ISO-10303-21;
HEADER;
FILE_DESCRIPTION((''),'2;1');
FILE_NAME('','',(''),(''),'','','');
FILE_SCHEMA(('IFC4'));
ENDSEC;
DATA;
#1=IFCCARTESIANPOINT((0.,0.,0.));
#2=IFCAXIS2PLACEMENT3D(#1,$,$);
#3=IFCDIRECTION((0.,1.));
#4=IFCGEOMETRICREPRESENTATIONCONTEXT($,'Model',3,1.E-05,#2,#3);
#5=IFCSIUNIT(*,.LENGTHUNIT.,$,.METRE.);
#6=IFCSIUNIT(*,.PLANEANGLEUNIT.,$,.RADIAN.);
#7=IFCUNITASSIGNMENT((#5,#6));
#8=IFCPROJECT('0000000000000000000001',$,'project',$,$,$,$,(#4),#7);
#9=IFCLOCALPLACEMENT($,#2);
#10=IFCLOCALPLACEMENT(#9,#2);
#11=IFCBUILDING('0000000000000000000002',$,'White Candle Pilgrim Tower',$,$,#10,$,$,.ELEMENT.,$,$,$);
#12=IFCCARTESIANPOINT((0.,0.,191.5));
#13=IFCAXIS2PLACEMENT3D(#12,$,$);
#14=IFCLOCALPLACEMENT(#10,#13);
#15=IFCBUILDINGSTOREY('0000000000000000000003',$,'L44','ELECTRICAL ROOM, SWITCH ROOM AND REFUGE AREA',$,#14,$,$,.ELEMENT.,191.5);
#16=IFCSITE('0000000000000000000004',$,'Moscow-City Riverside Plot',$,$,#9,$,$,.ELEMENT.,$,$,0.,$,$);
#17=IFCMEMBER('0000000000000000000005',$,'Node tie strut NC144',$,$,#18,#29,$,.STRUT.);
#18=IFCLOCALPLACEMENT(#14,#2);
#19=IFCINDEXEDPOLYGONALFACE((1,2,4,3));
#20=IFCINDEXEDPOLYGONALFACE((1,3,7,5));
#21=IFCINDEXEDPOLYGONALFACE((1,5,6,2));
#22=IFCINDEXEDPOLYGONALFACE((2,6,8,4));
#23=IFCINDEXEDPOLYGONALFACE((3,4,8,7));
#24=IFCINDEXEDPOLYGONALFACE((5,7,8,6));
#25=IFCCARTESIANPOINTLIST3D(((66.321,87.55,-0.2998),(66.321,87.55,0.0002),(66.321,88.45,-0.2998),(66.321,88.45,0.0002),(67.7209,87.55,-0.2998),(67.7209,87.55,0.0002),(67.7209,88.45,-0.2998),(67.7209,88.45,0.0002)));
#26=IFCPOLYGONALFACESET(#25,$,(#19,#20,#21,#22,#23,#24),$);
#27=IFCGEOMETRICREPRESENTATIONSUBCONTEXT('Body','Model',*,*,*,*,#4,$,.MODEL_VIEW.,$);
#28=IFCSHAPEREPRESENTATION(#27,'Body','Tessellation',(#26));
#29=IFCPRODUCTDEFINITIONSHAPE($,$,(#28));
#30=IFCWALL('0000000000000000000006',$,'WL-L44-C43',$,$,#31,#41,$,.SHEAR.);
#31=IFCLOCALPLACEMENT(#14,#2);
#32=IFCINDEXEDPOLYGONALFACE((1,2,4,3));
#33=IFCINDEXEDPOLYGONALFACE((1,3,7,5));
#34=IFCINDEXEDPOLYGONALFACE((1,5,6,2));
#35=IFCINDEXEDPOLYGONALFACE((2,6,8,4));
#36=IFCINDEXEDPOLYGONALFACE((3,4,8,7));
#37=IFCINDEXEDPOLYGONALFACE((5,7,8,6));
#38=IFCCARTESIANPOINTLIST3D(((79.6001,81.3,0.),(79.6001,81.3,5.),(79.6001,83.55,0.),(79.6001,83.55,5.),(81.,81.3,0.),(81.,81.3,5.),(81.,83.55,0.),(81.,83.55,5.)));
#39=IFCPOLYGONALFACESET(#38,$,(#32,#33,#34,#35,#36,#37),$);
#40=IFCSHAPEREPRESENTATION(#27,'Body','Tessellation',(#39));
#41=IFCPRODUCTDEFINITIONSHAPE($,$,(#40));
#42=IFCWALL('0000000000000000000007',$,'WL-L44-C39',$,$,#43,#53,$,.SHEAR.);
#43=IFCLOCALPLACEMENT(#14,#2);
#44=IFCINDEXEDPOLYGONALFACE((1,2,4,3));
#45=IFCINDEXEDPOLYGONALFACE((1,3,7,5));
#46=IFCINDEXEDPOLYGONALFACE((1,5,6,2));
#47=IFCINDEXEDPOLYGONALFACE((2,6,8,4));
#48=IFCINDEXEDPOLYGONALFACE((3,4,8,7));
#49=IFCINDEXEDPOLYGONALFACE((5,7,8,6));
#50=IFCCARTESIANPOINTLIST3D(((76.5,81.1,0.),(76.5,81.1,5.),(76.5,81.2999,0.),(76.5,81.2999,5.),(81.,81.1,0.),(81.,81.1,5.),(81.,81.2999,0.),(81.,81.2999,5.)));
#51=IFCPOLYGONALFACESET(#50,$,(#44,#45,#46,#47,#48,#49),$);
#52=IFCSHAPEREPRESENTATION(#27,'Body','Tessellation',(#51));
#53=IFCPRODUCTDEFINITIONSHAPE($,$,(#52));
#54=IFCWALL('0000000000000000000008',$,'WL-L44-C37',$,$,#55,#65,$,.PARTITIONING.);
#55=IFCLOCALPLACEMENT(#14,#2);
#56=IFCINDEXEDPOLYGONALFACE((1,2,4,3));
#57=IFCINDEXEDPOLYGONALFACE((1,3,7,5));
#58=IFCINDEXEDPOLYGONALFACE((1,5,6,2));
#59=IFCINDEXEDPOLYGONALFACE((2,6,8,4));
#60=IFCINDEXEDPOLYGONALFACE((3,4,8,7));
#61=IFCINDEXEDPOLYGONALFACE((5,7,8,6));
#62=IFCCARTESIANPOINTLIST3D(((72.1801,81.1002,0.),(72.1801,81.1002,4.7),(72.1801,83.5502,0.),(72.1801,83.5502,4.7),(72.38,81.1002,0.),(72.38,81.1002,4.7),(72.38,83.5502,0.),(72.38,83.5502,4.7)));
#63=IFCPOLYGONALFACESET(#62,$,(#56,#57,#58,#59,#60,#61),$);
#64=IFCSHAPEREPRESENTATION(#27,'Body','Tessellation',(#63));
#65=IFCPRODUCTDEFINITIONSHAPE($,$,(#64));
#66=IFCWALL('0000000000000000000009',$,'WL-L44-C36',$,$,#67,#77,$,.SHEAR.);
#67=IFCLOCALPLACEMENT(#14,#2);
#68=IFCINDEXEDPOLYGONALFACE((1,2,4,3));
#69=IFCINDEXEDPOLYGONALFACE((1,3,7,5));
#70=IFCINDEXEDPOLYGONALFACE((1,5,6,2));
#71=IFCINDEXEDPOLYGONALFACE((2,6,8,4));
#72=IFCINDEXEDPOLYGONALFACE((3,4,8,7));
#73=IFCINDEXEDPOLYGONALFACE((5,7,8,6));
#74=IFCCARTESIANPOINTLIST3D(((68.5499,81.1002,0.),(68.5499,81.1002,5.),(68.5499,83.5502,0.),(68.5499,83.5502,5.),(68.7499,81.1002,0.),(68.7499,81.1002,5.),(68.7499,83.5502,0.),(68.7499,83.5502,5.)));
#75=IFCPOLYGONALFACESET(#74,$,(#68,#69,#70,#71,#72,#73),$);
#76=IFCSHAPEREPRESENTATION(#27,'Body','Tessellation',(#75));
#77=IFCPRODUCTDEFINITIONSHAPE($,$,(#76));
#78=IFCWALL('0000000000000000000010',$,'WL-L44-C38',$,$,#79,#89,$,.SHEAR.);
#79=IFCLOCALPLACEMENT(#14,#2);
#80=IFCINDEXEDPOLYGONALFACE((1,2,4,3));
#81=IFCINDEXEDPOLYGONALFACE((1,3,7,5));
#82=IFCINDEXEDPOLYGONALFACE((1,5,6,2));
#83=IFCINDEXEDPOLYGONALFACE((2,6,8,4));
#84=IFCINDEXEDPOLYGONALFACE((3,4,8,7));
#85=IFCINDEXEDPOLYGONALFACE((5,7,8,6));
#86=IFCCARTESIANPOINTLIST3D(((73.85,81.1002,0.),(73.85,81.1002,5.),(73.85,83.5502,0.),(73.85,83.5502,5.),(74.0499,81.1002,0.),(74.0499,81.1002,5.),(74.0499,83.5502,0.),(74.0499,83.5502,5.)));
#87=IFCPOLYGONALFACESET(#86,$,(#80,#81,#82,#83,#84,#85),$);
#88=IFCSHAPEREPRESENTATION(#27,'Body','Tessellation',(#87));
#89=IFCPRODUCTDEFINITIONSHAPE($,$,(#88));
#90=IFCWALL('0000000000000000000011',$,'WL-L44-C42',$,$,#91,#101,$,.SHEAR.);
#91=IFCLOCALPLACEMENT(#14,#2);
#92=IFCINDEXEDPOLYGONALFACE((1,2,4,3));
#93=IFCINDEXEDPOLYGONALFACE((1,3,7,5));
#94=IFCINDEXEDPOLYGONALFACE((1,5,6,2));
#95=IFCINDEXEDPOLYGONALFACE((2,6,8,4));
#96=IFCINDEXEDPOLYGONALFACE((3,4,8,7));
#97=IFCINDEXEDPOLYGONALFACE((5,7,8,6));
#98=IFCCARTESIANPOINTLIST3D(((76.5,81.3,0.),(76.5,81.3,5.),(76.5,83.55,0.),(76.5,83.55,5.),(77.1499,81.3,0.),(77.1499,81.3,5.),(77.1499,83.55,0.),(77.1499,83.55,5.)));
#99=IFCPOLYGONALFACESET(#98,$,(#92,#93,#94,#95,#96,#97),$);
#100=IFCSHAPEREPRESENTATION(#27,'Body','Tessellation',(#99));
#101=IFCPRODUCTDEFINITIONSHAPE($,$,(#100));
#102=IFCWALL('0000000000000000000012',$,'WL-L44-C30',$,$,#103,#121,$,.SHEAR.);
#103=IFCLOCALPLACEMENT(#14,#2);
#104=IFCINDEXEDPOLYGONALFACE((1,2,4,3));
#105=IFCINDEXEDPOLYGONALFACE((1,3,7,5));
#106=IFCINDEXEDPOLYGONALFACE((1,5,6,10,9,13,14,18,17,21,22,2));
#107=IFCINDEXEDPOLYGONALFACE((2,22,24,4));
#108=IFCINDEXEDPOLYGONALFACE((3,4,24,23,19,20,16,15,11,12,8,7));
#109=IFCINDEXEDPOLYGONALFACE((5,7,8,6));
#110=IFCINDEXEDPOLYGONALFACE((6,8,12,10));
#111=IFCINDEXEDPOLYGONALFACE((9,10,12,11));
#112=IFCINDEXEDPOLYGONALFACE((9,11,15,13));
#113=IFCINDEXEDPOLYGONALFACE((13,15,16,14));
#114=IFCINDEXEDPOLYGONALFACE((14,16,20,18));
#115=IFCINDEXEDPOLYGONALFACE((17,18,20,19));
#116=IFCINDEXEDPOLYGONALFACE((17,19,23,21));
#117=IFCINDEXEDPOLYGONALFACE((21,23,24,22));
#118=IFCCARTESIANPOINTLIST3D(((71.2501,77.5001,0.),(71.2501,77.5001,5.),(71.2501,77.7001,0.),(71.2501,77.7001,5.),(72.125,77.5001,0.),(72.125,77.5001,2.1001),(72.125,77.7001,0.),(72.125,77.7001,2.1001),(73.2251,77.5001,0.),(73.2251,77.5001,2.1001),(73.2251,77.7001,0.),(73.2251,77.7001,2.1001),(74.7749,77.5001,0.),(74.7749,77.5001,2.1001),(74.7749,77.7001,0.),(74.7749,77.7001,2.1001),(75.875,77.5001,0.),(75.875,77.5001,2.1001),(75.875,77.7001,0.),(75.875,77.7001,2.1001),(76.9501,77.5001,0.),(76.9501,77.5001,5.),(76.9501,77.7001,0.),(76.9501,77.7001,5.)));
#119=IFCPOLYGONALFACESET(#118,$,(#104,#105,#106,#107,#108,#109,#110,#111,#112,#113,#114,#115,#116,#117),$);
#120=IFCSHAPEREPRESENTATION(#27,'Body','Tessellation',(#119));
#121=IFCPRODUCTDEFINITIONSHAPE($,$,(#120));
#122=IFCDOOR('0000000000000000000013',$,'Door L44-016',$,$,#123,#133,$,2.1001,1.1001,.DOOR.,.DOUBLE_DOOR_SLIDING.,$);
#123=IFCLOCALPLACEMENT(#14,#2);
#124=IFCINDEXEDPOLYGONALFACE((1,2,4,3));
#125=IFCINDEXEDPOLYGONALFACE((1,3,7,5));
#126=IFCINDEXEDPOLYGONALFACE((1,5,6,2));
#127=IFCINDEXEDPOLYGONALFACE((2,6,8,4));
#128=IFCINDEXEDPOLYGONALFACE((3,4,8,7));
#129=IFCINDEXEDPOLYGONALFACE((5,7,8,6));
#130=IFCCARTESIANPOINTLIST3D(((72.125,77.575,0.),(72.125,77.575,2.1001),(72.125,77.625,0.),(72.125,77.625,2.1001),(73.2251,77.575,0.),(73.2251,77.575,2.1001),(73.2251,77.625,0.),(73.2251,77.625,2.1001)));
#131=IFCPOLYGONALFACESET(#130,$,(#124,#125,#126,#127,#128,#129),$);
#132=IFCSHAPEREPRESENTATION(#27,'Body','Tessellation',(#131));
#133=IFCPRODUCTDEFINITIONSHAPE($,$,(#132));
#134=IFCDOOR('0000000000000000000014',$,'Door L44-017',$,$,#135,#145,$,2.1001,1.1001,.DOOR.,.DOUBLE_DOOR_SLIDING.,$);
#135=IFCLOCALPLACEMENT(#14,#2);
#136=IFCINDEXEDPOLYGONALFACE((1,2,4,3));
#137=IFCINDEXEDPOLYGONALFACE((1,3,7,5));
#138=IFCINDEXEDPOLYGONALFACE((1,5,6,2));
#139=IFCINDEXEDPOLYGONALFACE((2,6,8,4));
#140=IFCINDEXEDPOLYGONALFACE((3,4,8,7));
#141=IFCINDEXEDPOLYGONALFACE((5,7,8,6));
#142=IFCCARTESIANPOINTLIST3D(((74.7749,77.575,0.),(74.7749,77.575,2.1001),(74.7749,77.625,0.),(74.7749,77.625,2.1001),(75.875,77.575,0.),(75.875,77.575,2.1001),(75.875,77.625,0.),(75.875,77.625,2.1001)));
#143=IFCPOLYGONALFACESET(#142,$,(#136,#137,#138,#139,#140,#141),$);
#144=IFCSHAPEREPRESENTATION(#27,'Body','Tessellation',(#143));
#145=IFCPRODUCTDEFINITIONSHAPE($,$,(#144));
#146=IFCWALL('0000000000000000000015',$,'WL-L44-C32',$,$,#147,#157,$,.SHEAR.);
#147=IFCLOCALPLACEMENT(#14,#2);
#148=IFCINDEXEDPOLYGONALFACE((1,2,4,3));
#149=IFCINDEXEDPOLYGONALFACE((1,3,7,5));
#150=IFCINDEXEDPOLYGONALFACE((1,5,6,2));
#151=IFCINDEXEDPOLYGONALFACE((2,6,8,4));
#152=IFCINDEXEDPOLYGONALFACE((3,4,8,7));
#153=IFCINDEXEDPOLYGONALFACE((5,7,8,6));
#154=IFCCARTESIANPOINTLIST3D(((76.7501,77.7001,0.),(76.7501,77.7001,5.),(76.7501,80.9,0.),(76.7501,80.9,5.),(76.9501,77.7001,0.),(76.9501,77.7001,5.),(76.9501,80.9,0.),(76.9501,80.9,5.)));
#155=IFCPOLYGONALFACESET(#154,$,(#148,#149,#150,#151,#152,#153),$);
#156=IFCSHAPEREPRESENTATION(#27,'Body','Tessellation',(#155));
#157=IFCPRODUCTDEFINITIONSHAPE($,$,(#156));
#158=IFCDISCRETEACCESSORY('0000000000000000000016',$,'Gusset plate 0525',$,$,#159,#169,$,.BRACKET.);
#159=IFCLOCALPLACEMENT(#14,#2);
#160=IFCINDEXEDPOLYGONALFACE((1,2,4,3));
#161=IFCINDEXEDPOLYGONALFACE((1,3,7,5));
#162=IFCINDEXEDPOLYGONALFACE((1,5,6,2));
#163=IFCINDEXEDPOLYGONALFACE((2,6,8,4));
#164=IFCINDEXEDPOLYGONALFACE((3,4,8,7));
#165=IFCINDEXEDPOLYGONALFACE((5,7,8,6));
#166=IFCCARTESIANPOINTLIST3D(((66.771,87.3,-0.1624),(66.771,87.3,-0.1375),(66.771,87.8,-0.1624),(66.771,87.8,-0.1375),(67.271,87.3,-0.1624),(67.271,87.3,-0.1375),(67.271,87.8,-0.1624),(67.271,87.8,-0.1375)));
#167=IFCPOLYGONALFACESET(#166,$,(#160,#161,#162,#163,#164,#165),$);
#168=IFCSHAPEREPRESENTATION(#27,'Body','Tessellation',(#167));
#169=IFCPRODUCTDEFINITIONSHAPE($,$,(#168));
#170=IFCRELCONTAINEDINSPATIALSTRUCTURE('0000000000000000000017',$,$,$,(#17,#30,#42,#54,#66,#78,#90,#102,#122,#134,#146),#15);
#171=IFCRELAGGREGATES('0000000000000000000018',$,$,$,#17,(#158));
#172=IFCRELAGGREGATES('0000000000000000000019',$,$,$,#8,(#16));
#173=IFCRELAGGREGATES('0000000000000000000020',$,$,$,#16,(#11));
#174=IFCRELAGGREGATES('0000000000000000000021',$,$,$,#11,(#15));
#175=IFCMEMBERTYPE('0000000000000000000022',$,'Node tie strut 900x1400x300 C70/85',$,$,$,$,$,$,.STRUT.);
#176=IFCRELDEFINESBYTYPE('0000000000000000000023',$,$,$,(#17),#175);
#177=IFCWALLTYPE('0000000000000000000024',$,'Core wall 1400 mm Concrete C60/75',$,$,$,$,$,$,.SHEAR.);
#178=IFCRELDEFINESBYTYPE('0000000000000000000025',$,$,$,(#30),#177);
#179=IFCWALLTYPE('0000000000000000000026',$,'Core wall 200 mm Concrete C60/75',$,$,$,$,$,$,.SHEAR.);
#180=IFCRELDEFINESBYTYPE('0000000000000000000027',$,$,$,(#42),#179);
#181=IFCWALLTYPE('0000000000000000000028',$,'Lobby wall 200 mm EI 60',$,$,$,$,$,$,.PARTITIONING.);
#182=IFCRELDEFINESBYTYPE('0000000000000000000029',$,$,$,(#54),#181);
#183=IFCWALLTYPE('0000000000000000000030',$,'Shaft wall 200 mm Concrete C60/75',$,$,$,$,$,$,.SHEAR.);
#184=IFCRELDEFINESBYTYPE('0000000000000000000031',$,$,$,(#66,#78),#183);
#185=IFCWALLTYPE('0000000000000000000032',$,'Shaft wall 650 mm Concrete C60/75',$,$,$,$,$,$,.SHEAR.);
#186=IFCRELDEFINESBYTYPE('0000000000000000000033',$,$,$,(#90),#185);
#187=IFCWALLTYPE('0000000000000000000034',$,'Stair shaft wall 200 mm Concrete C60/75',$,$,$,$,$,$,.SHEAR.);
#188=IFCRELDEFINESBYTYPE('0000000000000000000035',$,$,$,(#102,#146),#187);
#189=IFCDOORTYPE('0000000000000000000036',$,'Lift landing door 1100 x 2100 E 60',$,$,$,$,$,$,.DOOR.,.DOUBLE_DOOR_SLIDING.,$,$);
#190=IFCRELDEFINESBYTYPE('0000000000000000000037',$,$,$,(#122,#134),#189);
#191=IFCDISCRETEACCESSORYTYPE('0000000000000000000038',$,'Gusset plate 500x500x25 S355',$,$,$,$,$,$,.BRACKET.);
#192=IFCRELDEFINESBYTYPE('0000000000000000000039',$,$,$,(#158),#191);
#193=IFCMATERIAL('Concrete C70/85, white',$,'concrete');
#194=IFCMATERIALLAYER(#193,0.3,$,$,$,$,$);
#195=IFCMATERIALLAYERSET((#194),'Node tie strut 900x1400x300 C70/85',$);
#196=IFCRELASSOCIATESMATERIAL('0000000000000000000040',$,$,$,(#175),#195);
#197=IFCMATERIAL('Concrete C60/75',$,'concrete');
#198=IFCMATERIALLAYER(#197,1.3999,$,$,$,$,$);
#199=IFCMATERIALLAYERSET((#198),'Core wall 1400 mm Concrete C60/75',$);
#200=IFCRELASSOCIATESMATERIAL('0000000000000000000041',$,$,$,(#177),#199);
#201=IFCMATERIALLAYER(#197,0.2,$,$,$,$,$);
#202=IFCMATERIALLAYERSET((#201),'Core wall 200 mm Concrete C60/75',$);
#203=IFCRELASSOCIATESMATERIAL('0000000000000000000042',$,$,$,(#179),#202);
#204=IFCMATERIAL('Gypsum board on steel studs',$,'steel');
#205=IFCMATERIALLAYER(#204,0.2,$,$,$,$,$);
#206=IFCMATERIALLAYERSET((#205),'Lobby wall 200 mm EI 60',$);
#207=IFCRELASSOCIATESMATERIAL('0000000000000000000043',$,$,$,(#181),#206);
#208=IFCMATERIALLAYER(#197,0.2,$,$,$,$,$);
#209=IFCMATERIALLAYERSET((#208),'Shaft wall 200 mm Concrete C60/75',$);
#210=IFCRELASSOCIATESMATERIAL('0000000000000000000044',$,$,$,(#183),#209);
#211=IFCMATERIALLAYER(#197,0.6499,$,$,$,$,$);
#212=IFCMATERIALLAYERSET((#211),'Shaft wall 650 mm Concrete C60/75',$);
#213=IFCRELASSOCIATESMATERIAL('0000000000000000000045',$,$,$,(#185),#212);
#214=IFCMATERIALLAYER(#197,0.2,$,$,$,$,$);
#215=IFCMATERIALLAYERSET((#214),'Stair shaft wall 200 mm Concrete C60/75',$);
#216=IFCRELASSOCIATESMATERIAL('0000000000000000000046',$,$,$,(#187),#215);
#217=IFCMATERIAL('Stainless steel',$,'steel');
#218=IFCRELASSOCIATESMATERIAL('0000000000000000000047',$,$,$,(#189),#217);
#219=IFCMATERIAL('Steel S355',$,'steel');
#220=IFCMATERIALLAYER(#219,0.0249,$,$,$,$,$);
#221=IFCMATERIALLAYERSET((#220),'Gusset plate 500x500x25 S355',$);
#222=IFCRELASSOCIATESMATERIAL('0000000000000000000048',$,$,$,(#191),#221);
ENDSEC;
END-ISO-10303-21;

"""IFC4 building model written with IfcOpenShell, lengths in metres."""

from ifc_helpers import new_model, si_unit, direction, frame, frame_2d, origin, origin_2d, place, context, subcontext, project, spatial, rectangle, extrude, material, layer, layer_set, type_object, element, fill, aggregate, save


model = new_model("IFC4")

# Units and contexts
model_context = context("Model", 3, precision=1e-05, world=origin(), true_north=direction((0.0, 1.0)))
body_context = subcontext(model_context, "Body", "Model", "MODEL_VIEW")
ifc_project = project(units=[si_unit("LENGTHUNIT", "METRE"), si_unit("PLANEANGLEUNIT", "RADIAN")], contexts=[model_context])

# Site, building, storey
site_placement = place(None, origin())
site = spatial("IfcSite", under=ifc_project, at=site_placement, Name="Moscow-City Riverside Plot", CompositionType="ELEMENT", RefElevation=0.0)
building_placement = place(site_placement, origin())
building = spatial("IfcBuilding", under=site, at=building_placement, Name="White Candle Pilgrim Tower", CompositionType="ELEMENT")
storey_placement = place(building_placement, frame((0.0, 0.0, 191.5)))
storey = spatial("IfcBuildingStorey", under=building, at=storey_placement, Name="L44", Description="ELECTRICAL ROOM, SWITCH ROOM AND REFUGE AREA", CompositionType="ELEMENT", Elevation=191.5)

# Member
ifc_material_1 = material(Name="Concrete C70/85, white", Category="concrete")
ifc_layer_1 = layer(ifc_material_1, 0.3)
ifc_layer_set_1 = layer_set([ifc_layer_1], Name="Node tie strut 900x1400x300 C70/85")
member_type = type_object("IfcMemberType", Name="Node tie strut 900x1400x300 C70/85", PredefinedType="STRUT", material=ifc_layer_set_1)
member_placement = place(storey_placement, frame((67.021, 88.0, -0.2998), z_axis=(0.0, 0.0, 1.0), x_axis=(-1.0, 0.0, 0.0)))
member = element("IfcMember", 1, at=member_placement, inside=storey, type_object=member_type, Name="Node tie strut NC144", PredefinedType="STRUT", context=body_context, shape_type="SweptSolid", body=[
    extrude(rectangle(XDim=1.3999, YDim=0.8999, at=origin_2d()), origin(), (0.0, 0.0, 1.0), 0.3),
])

# Walls
ifc_material_2 = material(Name="Concrete C60/75", Category="concrete")
ifc_layer_2 = layer(ifc_material_2, 1.3999)
ifc_layer_set_2 = layer_set([ifc_layer_2], Name="Core wall 1400 mm Concrete C60/75")
wall_type_1 = type_object("IfcWallType", Name="Core wall 1400 mm Concrete C60/75", PredefinedType="SHEAR", material=ifc_layer_set_2)
wall_1_placement = place(storey_placement, frame((80.3, 81.3, 0.0), z_axis=(0.0, 0.0, 1.0), x_axis=(0.0, 1.0, 0.0)))
element("IfcWall", 2, at=wall_1_placement, inside=storey, type_object=wall_type_1, Name="WL-L44-C43", PredefinedType="SHEAR", context=body_context, shape_type="SweptSolid", body=[
    extrude(rectangle(XDim=2.25, YDim=1.3999, at=frame_2d((1.125, 0.0))), origin(), (0.0, 0.0, 1.0), 5.0),
])
ifc_layer_3 = layer(ifc_material_2, 0.2)
ifc_layer_set_3 = layer_set([ifc_layer_3], Name="Core wall 200 mm Concrete C60/75")
wall_type_2 = type_object("IfcWallType", Name="Core wall 200 mm Concrete C60/75", PredefinedType="SHEAR", material=ifc_layer_set_3)
wall_2_placement = place(storey_placement, frame((76.5, 81.2, 0.0), z_axis=(0.0, 0.0, 1.0), x_axis=(1.0, 0.0, 0.0)))
element("IfcWall", 3, at=wall_2_placement, inside=storey, type_object=wall_type_2, Name="WL-L44-C39", PredefinedType="SHEAR", context=body_context, shape_type="SweptSolid", body=[
    extrude(rectangle(XDim=4.5, YDim=0.2, at=frame_2d((2.25, 0.0))), origin(), (0.0, 0.0, 1.0), 5.0),
])
ifc_material_3 = material(Name="Gypsum board on steel studs", Category="steel")
ifc_layer_4 = layer(ifc_material_3, 0.2)
ifc_layer_set_4 = layer_set([ifc_layer_4], Name="Lobby wall 200 mm EI 60")
wall_type_3 = type_object("IfcWallType", Name="Lobby wall 200 mm EI 60", PredefinedType="PARTITIONING", material=ifc_layer_set_4)
wall_3_placement = place(storey_placement, frame((72.28, 81.1001, 0.0), z_axis=(0.0, 0.0, 1.0), x_axis=(0.0, 1.0, 0.0)))
element("IfcWall", 4, at=wall_3_placement, inside=storey, type_object=wall_type_3, Name="WL-L44-C37", PredefinedType="PARTITIONING", context=body_context, shape_type="SweptSolid", body=[
    extrude(rectangle(XDim=2.45, YDim=0.2, at=frame_2d((1.2251, 0.0))), origin(), (0.0, 0.0, 1.0), 4.7),
])
ifc_layer_5 = layer(ifc_material_2, 0.2)
ifc_layer_set_5 = layer_set([ifc_layer_5], Name="Shaft wall 200 mm Concrete C60/75")
wall_type_4 = type_object("IfcWallType", Name="Shaft wall 200 mm Concrete C60/75", PredefinedType="SHEAR", material=ifc_layer_set_5)
for number, where, z_axis, x_axis, name in (
    (5, (68.6499, 81.1001, 0.0), (0.0, 0.0, 1.0), (0.0, 1.0, 0.0), "WL-L44-C36"),
    (6, (73.95, 81.1001, 0.0), (0.0, 0.0, 1.0), (0.0, 1.0, 0.0), "WL-L44-C38"),
):
    element("IfcWall", number, at=place(storey_placement, frame(where, z_axis=z_axis, x_axis=x_axis)), inside=storey, type_object=wall_type_4, Name=name, PredefinedType="SHEAR", context=body_context, shape_type="SweptSolid", body=[
        extrude(rectangle(XDim=2.45, YDim=0.2, at=frame_2d((1.2251, 0.0))), origin(), (0.0, 0.0, 1.0), 5.0),
    ])
ifc_layer_6 = layer(ifc_material_2, 0.6499)
ifc_layer_set_6 = layer_set([ifc_layer_6], Name="Shaft wall 650 mm Concrete C60/75")
wall_type_5 = type_object("IfcWallType", Name="Shaft wall 650 mm Concrete C60/75", PredefinedType="SHEAR", material=ifc_layer_set_6)
wall_4_placement = place(storey_placement, frame((76.825, 81.3, 0.0), z_axis=(0.0, 0.0, 1.0), x_axis=(0.0, 1.0, 0.0)))
element("IfcWall", 7, at=wall_4_placement, inside=storey, type_object=wall_type_5, Name="WL-L44-C42", PredefinedType="SHEAR", context=body_context, shape_type="SweptSolid", body=[
    extrude(rectangle(XDim=2.25, YDim=0.6499, at=frame_2d((1.125, 0.0))), origin(), (0.0, 0.0, 1.0), 5.0),
])

# Wall, openings, doors
ifc_layer_7 = layer(ifc_material_2, 0.2)
ifc_layer_set_7 = layer_set([ifc_layer_7], Name="Stair shaft wall 200 mm Concrete C60/75")
wall_type_6 = type_object("IfcWallType", Name="Stair shaft wall 200 mm Concrete C60/75", PredefinedType="SHEAR", material=ifc_layer_set_7)
wall_5_placement = place(storey_placement, frame((71.25, 77.6001, 0.0), z_axis=(0.0, 0.0, 1.0), x_axis=(1.0, 0.0, 0.0)))
wall_5 = element("IfcWall", 8, at=wall_5_placement, inside=storey, type_object=wall_type_6, Name="WL-L44-C30", PredefinedType="SHEAR", context=body_context, shape_type="SweptSolid", body=[
    extrude(rectangle(XDim=5.7, YDim=0.2, at=frame_2d((2.8501, 0.0))), origin(), (0.0, 0.0, 1.0), 5.0),
])
opening_1_placement = place(wall_5_placement, frame((0.875, 0.0, 0.0)))
opening_1 = element("IfcOpeningElement", 9, at=opening_1_placement, cuts=wall_5, PredefinedType="OPENING", context=body_context, shape_type="SweptSolid", body=[
    extrude(rectangle(XDim=1.1001, YDim=2.1001, at=frame_2d((0.55, 1.05))), frame((0.0, 0.1099, 0.0), z_axis=(0.0, -1.0, 0.0), x_axis=(1.0, 0.0, 0.0)), (0.0, 0.0, 1.0), 0.22),
])
opening_2_placement = place(wall_5_placement, frame((3.5249, 0.0, 0.0)))
opening_2 = element("IfcOpeningElement", 10, at=opening_2_placement, cuts=wall_5, PredefinedType="OPENING", context=body_context, shape_type="SweptSolid", body=[
    extrude(rectangle(XDim=1.1001, YDim=2.1001, at=frame_2d((0.55, 1.05))), frame((0.0, 0.1099, 0.0), z_axis=(0.0, -1.0, 0.0), x_axis=(1.0, 0.0, 0.0)), (0.0, 0.0, 1.0), 0.22),
])
ifc_material_4 = material(Name="Stainless steel", Category="steel")
door_type_1 = type_object("IfcDoorType", Name="Lift landing door 1100 x 2100 E 60", OperationType="DOUBLE_DOOR_SLIDING", PredefinedType="DOOR", material=ifc_material_4)
door_1_placement = place(opening_1_placement, origin())
door_1 = element("IfcDoor", 11, at=door_1_placement, inside=storey, type_object=door_type_1, Name="Door L44-016", OperationType="DOUBLE_DOOR_SLIDING", OverallHeight=2.1001, OverallWidth=1.1001, PredefinedType="DOOR", context=body_context, shape_type="SweptSolid", body=[
    extrude(rectangle(XDim=1.1001, YDim=2.1001, at=frame_2d((0.55, 1.05))), frame((0.0, 0.0249, 0.0), z_axis=(0.0, -1.0, 0.0), x_axis=(1.0, 0.0, 0.0)), (0.0, 0.0, 1.0), 0.05),
])
fill(opening_1, door_1)
door_2_placement = place(opening_2_placement, origin())
door_2 = element("IfcDoor", 12, at=door_2_placement, inside=storey, type_object=door_type_1, Name="Door L44-017", OperationType="DOUBLE_DOOR_SLIDING", OverallHeight=2.1001, OverallWidth=1.1001, PredefinedType="DOOR", context=body_context, shape_type="SweptSolid", body=[
    extrude(rectangle(XDim=1.1001, YDim=2.1001, at=frame_2d((0.55, 1.05))), frame((0.0, 0.0249, 0.0), z_axis=(0.0, -1.0, 0.0), x_axis=(1.0, 0.0, 0.0)), (0.0, 0.0, 1.0), 0.05),
])
fill(opening_2, door_2)

# Wall
wall_6_placement = place(storey_placement, frame((76.8501, 77.7, 0.0), z_axis=(0.0, 0.0, 1.0), x_axis=(0.0, 1.0, 0.0)))
element("IfcWall", 13, at=wall_6_placement, inside=storey, type_object=wall_type_6, Name="WL-L44-C32", PredefinedType="SHEAR", context=body_context, shape_type="SweptSolid", body=[
    extrude(rectangle(XDim=3.2, YDim=0.2, at=frame_2d((1.6001, 0.0))), origin(), (0.0, 0.0, 1.0), 5.0),
])

# Discrete accessory
ifc_material_5 = material(Name="Steel S355", Category="steel")
ifc_layer_8 = layer(ifc_material_5, 0.0249)
ifc_layer_set_8 = layer_set([ifc_layer_8], Name="Gusset plate 500x500x25 S355")
discrete_accessory_type = type_object("IfcDiscreteAccessoryType", Name="Gusset plate 500x500x25 S355", PredefinedType="BRACKET", material=ifc_layer_set_8)
discrete_accessory_placement = place(storey_placement, frame((67.021, 87.55, -0.1624), z_axis=(0.0, 0.0, 1.0), x_axis=(1.0, 0.0, 0.0)))
discrete_accessory = element("IfcDiscreteAccessory", 14, at=discrete_accessory_placement, type_object=discrete_accessory_type, Name="Gusset plate 0525", PredefinedType="BRACKET", context=body_context, shape_type="SweptSolid", body=[
    extrude(rectangle(XDim=0.5, YDim=0.5, at=origin_2d()), origin(), (0.0, 0.0, 1.0), 0.0249),
])
aggregate(member, [discrete_accessory])

save(model, "model.ifc")
